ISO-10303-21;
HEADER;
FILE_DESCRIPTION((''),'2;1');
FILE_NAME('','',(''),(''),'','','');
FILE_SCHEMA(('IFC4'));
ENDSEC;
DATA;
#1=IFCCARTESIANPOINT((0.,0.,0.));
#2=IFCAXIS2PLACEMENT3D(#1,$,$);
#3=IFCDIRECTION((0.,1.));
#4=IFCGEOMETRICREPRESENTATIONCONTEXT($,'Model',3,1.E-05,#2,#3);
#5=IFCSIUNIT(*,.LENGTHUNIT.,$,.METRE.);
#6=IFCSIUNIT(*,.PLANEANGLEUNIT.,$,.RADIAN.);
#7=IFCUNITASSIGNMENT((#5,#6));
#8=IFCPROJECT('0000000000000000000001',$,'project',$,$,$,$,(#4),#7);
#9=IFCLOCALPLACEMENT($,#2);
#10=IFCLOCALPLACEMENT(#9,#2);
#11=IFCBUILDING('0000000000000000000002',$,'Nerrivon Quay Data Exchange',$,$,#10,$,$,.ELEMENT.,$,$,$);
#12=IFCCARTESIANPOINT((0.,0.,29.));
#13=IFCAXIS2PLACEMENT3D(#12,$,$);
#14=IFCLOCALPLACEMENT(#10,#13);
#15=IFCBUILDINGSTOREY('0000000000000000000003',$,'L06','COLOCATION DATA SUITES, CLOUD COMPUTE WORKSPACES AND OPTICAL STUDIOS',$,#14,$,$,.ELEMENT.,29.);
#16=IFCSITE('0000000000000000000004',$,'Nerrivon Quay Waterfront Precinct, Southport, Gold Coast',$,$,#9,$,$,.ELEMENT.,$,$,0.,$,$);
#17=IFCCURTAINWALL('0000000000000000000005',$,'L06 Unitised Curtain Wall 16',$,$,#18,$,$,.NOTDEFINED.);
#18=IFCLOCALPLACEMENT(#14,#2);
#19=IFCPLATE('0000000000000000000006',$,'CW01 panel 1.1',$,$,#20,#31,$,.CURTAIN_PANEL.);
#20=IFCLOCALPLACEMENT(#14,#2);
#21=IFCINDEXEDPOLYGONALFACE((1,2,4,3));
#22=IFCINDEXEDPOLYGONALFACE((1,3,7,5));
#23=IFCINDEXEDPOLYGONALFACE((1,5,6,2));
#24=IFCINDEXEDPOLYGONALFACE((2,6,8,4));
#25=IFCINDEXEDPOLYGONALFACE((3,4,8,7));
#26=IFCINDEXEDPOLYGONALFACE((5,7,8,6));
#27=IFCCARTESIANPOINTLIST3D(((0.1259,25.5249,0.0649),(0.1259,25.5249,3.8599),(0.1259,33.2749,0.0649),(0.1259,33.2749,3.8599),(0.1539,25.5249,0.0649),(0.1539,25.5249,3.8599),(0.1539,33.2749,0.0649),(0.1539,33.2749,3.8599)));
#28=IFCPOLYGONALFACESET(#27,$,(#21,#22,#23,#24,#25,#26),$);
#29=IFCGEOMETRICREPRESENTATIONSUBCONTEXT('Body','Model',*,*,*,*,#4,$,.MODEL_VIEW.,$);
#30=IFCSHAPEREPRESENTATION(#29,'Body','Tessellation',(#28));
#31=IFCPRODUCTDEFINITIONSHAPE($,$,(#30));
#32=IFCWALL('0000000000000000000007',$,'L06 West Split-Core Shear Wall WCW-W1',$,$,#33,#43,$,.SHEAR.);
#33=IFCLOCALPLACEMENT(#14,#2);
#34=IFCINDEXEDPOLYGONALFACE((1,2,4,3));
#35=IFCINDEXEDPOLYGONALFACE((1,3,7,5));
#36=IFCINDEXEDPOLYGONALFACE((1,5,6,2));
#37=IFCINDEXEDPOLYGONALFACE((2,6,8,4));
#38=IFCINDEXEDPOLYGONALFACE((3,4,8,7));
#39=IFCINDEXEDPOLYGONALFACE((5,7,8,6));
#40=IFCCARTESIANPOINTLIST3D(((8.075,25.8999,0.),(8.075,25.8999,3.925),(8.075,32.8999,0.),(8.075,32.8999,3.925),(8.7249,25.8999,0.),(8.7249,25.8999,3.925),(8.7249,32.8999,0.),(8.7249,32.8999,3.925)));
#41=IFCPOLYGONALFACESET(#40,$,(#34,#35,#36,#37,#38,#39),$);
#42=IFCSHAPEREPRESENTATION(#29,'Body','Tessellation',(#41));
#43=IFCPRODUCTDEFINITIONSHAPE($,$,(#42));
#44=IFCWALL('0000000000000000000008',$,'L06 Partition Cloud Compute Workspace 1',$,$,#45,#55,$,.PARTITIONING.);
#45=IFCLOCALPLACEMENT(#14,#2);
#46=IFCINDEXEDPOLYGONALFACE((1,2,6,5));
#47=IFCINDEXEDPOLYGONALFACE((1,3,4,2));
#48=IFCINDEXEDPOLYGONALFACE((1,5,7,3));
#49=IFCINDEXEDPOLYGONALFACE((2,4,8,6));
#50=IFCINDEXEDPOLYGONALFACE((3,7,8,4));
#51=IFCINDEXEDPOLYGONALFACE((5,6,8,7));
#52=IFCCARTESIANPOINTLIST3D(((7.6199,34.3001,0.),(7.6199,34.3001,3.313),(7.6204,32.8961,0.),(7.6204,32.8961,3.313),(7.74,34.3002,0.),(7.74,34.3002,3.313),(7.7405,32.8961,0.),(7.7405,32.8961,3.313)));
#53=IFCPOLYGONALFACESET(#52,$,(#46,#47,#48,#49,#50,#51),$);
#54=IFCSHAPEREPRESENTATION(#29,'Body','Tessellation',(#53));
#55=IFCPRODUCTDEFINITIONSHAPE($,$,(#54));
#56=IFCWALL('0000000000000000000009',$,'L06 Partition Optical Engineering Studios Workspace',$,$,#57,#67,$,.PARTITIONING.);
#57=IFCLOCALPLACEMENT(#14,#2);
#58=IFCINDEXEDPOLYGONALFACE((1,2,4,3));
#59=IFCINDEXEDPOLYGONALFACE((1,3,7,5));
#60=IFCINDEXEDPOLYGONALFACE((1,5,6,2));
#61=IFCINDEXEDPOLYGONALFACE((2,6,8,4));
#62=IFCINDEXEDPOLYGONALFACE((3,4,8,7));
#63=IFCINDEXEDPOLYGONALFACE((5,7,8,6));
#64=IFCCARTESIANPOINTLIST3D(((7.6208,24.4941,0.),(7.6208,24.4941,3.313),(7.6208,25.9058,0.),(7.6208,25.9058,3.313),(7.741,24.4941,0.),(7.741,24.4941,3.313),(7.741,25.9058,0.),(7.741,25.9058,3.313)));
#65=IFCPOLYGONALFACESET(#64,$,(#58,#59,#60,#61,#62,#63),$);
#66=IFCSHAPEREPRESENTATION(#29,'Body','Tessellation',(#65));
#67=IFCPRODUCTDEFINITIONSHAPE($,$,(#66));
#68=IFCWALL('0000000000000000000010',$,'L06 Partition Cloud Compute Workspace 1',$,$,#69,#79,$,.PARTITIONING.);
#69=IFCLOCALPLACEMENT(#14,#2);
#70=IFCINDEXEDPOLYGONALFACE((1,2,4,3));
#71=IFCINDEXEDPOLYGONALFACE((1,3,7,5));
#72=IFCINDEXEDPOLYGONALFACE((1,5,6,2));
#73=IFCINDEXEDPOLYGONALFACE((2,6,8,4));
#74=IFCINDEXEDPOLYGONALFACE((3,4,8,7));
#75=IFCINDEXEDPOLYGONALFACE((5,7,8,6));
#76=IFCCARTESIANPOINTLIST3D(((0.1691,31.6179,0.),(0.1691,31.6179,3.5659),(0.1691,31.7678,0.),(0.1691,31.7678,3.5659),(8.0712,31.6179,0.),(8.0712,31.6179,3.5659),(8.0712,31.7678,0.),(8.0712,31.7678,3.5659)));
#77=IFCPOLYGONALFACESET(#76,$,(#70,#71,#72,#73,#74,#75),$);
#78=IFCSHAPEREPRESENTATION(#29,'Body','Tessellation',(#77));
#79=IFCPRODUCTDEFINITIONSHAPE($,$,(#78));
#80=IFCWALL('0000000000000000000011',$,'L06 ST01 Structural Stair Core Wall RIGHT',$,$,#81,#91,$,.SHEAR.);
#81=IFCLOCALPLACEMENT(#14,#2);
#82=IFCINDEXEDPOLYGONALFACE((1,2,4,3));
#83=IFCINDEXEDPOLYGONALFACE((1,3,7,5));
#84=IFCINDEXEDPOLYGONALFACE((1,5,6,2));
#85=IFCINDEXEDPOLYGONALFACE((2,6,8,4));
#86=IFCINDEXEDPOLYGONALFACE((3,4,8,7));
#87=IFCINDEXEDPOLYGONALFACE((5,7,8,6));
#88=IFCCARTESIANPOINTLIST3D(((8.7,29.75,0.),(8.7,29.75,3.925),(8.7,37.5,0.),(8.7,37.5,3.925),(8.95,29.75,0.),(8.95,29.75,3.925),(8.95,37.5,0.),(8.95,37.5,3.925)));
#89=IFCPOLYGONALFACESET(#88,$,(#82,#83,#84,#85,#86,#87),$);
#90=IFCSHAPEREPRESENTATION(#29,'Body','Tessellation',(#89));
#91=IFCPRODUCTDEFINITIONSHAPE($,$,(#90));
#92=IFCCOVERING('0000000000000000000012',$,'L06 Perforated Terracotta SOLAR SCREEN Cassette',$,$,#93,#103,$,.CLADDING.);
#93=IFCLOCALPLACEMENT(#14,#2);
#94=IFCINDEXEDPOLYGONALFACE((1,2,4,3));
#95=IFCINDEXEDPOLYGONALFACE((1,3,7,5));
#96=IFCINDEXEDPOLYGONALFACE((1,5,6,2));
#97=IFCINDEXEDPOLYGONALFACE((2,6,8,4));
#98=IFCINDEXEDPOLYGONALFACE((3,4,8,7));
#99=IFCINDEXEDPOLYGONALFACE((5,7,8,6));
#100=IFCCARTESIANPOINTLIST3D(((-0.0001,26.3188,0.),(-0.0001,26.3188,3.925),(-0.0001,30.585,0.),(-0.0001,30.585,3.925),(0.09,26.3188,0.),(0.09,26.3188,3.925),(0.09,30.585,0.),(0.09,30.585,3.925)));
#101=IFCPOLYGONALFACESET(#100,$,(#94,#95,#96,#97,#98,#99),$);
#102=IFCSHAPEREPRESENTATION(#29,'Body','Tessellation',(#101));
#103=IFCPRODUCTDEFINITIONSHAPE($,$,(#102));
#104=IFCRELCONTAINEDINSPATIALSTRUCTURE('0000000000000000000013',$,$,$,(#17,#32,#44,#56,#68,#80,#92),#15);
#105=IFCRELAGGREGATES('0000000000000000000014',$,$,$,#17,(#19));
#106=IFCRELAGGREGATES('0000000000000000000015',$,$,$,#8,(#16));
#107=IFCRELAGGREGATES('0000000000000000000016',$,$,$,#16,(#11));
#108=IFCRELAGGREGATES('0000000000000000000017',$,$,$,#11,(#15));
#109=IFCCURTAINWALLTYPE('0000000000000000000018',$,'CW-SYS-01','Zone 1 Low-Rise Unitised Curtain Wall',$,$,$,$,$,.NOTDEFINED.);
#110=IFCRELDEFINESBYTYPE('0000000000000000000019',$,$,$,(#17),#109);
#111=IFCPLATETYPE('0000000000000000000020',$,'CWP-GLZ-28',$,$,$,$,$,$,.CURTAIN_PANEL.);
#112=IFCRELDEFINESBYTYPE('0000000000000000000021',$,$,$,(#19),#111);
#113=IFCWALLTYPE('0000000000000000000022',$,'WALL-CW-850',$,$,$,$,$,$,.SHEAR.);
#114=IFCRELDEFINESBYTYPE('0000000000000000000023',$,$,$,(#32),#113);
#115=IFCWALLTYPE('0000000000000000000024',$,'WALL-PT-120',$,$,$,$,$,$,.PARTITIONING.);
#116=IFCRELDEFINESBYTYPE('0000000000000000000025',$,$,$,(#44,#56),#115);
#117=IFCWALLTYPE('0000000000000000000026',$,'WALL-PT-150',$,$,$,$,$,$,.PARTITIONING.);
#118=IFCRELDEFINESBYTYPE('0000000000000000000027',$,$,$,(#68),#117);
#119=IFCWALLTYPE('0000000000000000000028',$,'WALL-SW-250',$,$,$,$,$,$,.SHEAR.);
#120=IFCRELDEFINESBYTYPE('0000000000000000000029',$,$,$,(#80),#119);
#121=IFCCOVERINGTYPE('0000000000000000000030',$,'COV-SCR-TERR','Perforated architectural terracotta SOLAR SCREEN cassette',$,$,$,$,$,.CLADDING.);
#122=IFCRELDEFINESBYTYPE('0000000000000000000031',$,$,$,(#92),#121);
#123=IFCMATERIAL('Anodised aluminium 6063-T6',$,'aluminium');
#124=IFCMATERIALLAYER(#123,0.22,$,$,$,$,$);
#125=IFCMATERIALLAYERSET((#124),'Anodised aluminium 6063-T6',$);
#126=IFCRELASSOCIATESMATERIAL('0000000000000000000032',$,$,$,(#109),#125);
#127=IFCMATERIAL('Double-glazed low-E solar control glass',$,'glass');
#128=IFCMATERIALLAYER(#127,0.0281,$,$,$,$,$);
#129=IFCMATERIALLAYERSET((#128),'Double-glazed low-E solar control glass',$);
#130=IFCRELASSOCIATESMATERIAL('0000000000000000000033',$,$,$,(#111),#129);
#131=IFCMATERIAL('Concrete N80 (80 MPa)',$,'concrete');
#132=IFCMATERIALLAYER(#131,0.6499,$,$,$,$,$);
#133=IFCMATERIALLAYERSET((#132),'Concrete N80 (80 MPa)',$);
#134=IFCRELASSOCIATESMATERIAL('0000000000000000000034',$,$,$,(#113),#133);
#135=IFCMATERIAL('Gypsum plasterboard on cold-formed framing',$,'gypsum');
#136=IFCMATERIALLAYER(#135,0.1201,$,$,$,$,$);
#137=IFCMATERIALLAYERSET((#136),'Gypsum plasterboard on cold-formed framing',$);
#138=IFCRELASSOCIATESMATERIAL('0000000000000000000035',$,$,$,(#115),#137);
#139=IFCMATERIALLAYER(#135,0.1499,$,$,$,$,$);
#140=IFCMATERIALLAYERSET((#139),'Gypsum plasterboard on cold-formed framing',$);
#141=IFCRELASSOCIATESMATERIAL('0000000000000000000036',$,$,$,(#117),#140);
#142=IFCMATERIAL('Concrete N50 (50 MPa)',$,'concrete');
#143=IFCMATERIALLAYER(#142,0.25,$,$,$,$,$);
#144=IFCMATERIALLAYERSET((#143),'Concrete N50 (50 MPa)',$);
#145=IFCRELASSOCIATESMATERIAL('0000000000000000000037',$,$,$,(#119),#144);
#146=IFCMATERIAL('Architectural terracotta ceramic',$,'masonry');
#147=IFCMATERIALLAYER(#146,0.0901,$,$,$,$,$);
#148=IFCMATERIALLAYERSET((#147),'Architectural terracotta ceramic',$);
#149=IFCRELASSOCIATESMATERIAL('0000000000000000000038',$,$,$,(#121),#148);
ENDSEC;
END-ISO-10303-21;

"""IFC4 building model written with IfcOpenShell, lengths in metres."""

from ifc_helpers import new_model, si_unit, direction, frame, frame_2d, origin, origin_2d, place, context, subcontext, project, spatial, rectangle, extrude, material, layer, layer_set, type_object, element, aggregate, save


model = new_model("IFC4")

# Units and contexts
model_context = context("Model", 3, precision=1e-05, world=origin(), true_north=direction((0.0, 1.0)))
body_context = subcontext(model_context, "Body", "Model", "MODEL_VIEW")
ifc_project = project(units=[si_unit("LENGTHUNIT", "METRE"), si_unit("PLANEANGLEUNIT", "RADIAN")], contexts=[model_context])

# Site, building, storey
site_placement = place(None, origin())
site = spatial("IfcSite", under=ifc_project, at=site_placement, Name="Nerrivon Quay Waterfront Precinct, Southport, Gold Coast", CompositionType="ELEMENT", RefElevation=0.0)
building_placement = place(site_placement, origin())
building = spatial("IfcBuilding", under=site, at=building_placement, Name="Nerrivon Quay Data Exchange", CompositionType="ELEMENT")
storey_placement = place(building_placement, frame((0.0, 0.0, 29.0)))
storey = spatial("IfcBuildingStorey", under=building, at=storey_placement, Name="L06", Description="COLOCATION DATA SUITES, CLOUD COMPUTE WORKSPACES AND OPTICAL STUDIOS", CompositionType="ELEMENT", Elevation=29.0)

# Shared definitions
ifc_material_1 = material(Name="Concrete N80 (80 MPa)", Category="concrete")

# Shared definitions
ifc_material_2 = material(Name="Anodised aluminium 6063-T6", Category="aluminium")
ifc_layer_1 = layer(ifc_material_2, 0.22)
ifc_layer_set_1 = layer_set([ifc_layer_1], Name="Anodised aluminium 6063-T6")
curtain_wall_type = type_object("IfcCurtainWallType", Name="CW-SYS-01", Description="Zone 1 Low-Rise Unitised Curtain Wall", PredefinedType="NOTDEFINED", material=ifc_layer_set_1)

# Curtain wall
curtain_wall_1_placement = place(storey_placement, origin())
curtain_wall_1 = element("IfcCurtainWall", 1, at=curtain_wall_1_placement, inside=storey, type_object=curtain_wall_type, Name="L06 Unitised Curtain Wall 16", PredefinedType="NOTDEFINED")

# Plate
ifc_material_3 = material(Name="Double-glazed low-E solar control glass", Category="glass")
ifc_layer_2 = layer(ifc_material_3, 0.0281)
ifc_layer_set_2 = layer_set([ifc_layer_2], Name="Double-glazed low-E solar control glass")
plate_type = type_object("IfcPlateType", Name="CWP-GLZ-28", PredefinedType="CURTAIN_PANEL", material=ifc_layer_set_2)
plate_placement = place(storey_placement, frame((0.1399, 29.3999, 0.0649), z_axis=(0.0, 0.0, 1.0), x_axis=(0.0, 1.0, 0.0)))
plate = element("IfcPlate", 2, at=plate_placement, type_object=plate_type, Name="CW01 panel 1.1", PredefinedType="CURTAIN_PANEL", context=body_context, shape_type="SweptSolid", body=[
    extrude(rectangle(XDim=7.75, YDim=0.0281, at=origin_2d()), origin(), (0.0, 0.0, 1.0), 3.7949),
])
aggregate(curtain_wall_1, [plate])

# Walls
ifc_layer_3 = layer(ifc_material_1, 0.6499)
ifc_layer_set_3 = layer_set([ifc_layer_3], Name="Concrete N80 (80 MPa)")
wall_type_1 = type_object("IfcWallType", Name="WALL-CW-850", PredefinedType="SHEAR", material=ifc_layer_set_3)
wall_1_placement = place(storey_placement, frame((8.3999, 25.8999, 0.0), z_axis=(0.0, 0.0, 1.0), x_axis=(0.0, 1.0, 0.0)))
element("IfcWall", 3, at=wall_1_placement, inside=storey, type_object=wall_type_1, Name="L06 West Split-Core Shear Wall WCW-W1", PredefinedType="SHEAR", context=body_context, shape_type="SweptSolid", body=[
    extrude(rectangle(XDim=7.0, YDim=0.6499, at=frame_2d((3.5, 0.0))), origin(), (0.0, 0.0, 1.0), 3.925),
])
ifc_material_4 = material(Name="Gypsum plasterboard on cold-formed framing", Category="gypsum")
ifc_layer_4 = layer(ifc_material_4, 0.1201)
ifc_layer_set_4 = layer_set([ifc_layer_4], Name="Gypsum plasterboard on cold-formed framing")
wall_type_2 = type_object("IfcWallType", Name="WALL-PT-120", PredefinedType="PARTITIONING", material=ifc_layer_set_4)
wall_2_placement = place(storey_placement, frame((7.6804, 32.896, 0.0), z_axis=(0.0, 0.0, 1.0), x_axis=(-0.000348, 1.0, 0.0)))
element("IfcWall", 4, at=wall_2_placement, inside=storey, type_object=wall_type_2, Name="L06 Partition Cloud Compute Workspace 1", PredefinedType="PARTITIONING", context=body_context, shape_type="SweptSolid", body=[
    extrude(rectangle(XDim=1.4041, YDim=0.1201, at=frame_2d((0.7021, 0.0))), origin(), (0.0, 0.0, 1.0), 3.313),
])
wall_3_placement = place(storey_placement, frame((7.6809, 24.4941, 0.0), z_axis=(0.0, 0.0, 1.0), x_axis=(0.0, 1.0, 0.0)))
element("IfcWall", 5, at=wall_3_placement, inside=storey, type_object=wall_type_2, Name="L06 Partition Optical Engineering Studios Workspace", PredefinedType="PARTITIONING", context=body_context, shape_type="SweptSolid", body=[
    extrude(rectangle(XDim=1.4116, YDim=0.1201, at=frame_2d((0.7058, 0.0))), origin(), (0.0, 0.0, 1.0), 3.313),
])
ifc_layer_5 = layer(ifc_material_4, 0.1499)
ifc_layer_set_5 = layer_set([ifc_layer_5], Name="Gypsum plasterboard on cold-formed framing")
wall_type_3 = type_object("IfcWallType", Name="WALL-PT-150", PredefinedType="PARTITIONING", material=ifc_layer_set_5)
wall_4_placement = place(storey_placement, frame((0.1689, 31.6929, 0.0), z_axis=(0.0, 0.0, 1.0), x_axis=(1.0, 0.0, 0.0)))
element("IfcWall", 6, at=wall_4_placement, inside=storey, type_object=wall_type_3, Name="L06 Partition Cloud Compute Workspace 1", PredefinedType="PARTITIONING", context=body_context, shape_type="SweptSolid", body=[
    extrude(rectangle(XDim=7.9021, YDim=0.1499, at=frame_2d((3.9512, 0.0))), origin(), (0.0, 0.0, 1.0), 3.5659),
])
ifc_material_5 = material(Name="Concrete N50 (50 MPa)", Category="concrete")
ifc_layer_6 = layer(ifc_material_5, 0.25)
ifc_layer_set_6 = layer_set([ifc_layer_6], Name="Concrete N50 (50 MPa)")
wall_type_4 = type_object("IfcWallType", Name="WALL-SW-250", PredefinedType="SHEAR", material=ifc_layer_set_6)
wall_5_placement = place(storey_placement, frame((8.825, 29.75, 0.0), z_axis=(0.0, 0.0, 1.0), x_axis=(0.0, 1.0, 0.0)))
element("IfcWall", 7, at=wall_5_placement, inside=storey, type_object=wall_type_4, Name="L06 ST01 Structural Stair Core Wall RIGHT", PredefinedType="SHEAR", context=body_context, shape_type="SweptSolid", body=[
    extrude(rectangle(XDim=7.75, YDim=0.25, at=frame_2d((3.875, 0.0))), origin(), (0.0, 0.0, 1.0), 3.925),
])

# Covering
ifc_material_6 = material(Name="Architectural terracotta ceramic", Category="masonry")
ifc_layer_7 = layer(ifc_material_6, 0.0901)
ifc_layer_set_7 = layer_set([ifc_layer_7], Name="Architectural terracotta ceramic")
covering_type = type_object("IfcCoveringType", Name="COV-SCR-TERR", Description="Perforated architectural terracotta SOLAR SCREEN cassette", PredefinedType="CLADDING", material=ifc_layer_set_7)
covering_placement = place(storey_placement, frame((0.0449, 28.4519, 0.0), z_axis=(0.0, 0.0, 1.0), x_axis=(0.0, 1.0, 0.0)))
element("IfcCovering", 8, at=covering_placement, inside=storey, type_object=covering_type, Name="L06 Perforated Terracotta SOLAR SCREEN Cassette", PredefinedType="CLADDING", context=body_context, shape_type="SweptSolid", body=[
    extrude(rectangle(XDim=4.2661, YDim=0.0901, at=origin_2d()), origin(), (0.0, 0.0, 1.0), 3.925),
])

save(model, "model.ifc")
